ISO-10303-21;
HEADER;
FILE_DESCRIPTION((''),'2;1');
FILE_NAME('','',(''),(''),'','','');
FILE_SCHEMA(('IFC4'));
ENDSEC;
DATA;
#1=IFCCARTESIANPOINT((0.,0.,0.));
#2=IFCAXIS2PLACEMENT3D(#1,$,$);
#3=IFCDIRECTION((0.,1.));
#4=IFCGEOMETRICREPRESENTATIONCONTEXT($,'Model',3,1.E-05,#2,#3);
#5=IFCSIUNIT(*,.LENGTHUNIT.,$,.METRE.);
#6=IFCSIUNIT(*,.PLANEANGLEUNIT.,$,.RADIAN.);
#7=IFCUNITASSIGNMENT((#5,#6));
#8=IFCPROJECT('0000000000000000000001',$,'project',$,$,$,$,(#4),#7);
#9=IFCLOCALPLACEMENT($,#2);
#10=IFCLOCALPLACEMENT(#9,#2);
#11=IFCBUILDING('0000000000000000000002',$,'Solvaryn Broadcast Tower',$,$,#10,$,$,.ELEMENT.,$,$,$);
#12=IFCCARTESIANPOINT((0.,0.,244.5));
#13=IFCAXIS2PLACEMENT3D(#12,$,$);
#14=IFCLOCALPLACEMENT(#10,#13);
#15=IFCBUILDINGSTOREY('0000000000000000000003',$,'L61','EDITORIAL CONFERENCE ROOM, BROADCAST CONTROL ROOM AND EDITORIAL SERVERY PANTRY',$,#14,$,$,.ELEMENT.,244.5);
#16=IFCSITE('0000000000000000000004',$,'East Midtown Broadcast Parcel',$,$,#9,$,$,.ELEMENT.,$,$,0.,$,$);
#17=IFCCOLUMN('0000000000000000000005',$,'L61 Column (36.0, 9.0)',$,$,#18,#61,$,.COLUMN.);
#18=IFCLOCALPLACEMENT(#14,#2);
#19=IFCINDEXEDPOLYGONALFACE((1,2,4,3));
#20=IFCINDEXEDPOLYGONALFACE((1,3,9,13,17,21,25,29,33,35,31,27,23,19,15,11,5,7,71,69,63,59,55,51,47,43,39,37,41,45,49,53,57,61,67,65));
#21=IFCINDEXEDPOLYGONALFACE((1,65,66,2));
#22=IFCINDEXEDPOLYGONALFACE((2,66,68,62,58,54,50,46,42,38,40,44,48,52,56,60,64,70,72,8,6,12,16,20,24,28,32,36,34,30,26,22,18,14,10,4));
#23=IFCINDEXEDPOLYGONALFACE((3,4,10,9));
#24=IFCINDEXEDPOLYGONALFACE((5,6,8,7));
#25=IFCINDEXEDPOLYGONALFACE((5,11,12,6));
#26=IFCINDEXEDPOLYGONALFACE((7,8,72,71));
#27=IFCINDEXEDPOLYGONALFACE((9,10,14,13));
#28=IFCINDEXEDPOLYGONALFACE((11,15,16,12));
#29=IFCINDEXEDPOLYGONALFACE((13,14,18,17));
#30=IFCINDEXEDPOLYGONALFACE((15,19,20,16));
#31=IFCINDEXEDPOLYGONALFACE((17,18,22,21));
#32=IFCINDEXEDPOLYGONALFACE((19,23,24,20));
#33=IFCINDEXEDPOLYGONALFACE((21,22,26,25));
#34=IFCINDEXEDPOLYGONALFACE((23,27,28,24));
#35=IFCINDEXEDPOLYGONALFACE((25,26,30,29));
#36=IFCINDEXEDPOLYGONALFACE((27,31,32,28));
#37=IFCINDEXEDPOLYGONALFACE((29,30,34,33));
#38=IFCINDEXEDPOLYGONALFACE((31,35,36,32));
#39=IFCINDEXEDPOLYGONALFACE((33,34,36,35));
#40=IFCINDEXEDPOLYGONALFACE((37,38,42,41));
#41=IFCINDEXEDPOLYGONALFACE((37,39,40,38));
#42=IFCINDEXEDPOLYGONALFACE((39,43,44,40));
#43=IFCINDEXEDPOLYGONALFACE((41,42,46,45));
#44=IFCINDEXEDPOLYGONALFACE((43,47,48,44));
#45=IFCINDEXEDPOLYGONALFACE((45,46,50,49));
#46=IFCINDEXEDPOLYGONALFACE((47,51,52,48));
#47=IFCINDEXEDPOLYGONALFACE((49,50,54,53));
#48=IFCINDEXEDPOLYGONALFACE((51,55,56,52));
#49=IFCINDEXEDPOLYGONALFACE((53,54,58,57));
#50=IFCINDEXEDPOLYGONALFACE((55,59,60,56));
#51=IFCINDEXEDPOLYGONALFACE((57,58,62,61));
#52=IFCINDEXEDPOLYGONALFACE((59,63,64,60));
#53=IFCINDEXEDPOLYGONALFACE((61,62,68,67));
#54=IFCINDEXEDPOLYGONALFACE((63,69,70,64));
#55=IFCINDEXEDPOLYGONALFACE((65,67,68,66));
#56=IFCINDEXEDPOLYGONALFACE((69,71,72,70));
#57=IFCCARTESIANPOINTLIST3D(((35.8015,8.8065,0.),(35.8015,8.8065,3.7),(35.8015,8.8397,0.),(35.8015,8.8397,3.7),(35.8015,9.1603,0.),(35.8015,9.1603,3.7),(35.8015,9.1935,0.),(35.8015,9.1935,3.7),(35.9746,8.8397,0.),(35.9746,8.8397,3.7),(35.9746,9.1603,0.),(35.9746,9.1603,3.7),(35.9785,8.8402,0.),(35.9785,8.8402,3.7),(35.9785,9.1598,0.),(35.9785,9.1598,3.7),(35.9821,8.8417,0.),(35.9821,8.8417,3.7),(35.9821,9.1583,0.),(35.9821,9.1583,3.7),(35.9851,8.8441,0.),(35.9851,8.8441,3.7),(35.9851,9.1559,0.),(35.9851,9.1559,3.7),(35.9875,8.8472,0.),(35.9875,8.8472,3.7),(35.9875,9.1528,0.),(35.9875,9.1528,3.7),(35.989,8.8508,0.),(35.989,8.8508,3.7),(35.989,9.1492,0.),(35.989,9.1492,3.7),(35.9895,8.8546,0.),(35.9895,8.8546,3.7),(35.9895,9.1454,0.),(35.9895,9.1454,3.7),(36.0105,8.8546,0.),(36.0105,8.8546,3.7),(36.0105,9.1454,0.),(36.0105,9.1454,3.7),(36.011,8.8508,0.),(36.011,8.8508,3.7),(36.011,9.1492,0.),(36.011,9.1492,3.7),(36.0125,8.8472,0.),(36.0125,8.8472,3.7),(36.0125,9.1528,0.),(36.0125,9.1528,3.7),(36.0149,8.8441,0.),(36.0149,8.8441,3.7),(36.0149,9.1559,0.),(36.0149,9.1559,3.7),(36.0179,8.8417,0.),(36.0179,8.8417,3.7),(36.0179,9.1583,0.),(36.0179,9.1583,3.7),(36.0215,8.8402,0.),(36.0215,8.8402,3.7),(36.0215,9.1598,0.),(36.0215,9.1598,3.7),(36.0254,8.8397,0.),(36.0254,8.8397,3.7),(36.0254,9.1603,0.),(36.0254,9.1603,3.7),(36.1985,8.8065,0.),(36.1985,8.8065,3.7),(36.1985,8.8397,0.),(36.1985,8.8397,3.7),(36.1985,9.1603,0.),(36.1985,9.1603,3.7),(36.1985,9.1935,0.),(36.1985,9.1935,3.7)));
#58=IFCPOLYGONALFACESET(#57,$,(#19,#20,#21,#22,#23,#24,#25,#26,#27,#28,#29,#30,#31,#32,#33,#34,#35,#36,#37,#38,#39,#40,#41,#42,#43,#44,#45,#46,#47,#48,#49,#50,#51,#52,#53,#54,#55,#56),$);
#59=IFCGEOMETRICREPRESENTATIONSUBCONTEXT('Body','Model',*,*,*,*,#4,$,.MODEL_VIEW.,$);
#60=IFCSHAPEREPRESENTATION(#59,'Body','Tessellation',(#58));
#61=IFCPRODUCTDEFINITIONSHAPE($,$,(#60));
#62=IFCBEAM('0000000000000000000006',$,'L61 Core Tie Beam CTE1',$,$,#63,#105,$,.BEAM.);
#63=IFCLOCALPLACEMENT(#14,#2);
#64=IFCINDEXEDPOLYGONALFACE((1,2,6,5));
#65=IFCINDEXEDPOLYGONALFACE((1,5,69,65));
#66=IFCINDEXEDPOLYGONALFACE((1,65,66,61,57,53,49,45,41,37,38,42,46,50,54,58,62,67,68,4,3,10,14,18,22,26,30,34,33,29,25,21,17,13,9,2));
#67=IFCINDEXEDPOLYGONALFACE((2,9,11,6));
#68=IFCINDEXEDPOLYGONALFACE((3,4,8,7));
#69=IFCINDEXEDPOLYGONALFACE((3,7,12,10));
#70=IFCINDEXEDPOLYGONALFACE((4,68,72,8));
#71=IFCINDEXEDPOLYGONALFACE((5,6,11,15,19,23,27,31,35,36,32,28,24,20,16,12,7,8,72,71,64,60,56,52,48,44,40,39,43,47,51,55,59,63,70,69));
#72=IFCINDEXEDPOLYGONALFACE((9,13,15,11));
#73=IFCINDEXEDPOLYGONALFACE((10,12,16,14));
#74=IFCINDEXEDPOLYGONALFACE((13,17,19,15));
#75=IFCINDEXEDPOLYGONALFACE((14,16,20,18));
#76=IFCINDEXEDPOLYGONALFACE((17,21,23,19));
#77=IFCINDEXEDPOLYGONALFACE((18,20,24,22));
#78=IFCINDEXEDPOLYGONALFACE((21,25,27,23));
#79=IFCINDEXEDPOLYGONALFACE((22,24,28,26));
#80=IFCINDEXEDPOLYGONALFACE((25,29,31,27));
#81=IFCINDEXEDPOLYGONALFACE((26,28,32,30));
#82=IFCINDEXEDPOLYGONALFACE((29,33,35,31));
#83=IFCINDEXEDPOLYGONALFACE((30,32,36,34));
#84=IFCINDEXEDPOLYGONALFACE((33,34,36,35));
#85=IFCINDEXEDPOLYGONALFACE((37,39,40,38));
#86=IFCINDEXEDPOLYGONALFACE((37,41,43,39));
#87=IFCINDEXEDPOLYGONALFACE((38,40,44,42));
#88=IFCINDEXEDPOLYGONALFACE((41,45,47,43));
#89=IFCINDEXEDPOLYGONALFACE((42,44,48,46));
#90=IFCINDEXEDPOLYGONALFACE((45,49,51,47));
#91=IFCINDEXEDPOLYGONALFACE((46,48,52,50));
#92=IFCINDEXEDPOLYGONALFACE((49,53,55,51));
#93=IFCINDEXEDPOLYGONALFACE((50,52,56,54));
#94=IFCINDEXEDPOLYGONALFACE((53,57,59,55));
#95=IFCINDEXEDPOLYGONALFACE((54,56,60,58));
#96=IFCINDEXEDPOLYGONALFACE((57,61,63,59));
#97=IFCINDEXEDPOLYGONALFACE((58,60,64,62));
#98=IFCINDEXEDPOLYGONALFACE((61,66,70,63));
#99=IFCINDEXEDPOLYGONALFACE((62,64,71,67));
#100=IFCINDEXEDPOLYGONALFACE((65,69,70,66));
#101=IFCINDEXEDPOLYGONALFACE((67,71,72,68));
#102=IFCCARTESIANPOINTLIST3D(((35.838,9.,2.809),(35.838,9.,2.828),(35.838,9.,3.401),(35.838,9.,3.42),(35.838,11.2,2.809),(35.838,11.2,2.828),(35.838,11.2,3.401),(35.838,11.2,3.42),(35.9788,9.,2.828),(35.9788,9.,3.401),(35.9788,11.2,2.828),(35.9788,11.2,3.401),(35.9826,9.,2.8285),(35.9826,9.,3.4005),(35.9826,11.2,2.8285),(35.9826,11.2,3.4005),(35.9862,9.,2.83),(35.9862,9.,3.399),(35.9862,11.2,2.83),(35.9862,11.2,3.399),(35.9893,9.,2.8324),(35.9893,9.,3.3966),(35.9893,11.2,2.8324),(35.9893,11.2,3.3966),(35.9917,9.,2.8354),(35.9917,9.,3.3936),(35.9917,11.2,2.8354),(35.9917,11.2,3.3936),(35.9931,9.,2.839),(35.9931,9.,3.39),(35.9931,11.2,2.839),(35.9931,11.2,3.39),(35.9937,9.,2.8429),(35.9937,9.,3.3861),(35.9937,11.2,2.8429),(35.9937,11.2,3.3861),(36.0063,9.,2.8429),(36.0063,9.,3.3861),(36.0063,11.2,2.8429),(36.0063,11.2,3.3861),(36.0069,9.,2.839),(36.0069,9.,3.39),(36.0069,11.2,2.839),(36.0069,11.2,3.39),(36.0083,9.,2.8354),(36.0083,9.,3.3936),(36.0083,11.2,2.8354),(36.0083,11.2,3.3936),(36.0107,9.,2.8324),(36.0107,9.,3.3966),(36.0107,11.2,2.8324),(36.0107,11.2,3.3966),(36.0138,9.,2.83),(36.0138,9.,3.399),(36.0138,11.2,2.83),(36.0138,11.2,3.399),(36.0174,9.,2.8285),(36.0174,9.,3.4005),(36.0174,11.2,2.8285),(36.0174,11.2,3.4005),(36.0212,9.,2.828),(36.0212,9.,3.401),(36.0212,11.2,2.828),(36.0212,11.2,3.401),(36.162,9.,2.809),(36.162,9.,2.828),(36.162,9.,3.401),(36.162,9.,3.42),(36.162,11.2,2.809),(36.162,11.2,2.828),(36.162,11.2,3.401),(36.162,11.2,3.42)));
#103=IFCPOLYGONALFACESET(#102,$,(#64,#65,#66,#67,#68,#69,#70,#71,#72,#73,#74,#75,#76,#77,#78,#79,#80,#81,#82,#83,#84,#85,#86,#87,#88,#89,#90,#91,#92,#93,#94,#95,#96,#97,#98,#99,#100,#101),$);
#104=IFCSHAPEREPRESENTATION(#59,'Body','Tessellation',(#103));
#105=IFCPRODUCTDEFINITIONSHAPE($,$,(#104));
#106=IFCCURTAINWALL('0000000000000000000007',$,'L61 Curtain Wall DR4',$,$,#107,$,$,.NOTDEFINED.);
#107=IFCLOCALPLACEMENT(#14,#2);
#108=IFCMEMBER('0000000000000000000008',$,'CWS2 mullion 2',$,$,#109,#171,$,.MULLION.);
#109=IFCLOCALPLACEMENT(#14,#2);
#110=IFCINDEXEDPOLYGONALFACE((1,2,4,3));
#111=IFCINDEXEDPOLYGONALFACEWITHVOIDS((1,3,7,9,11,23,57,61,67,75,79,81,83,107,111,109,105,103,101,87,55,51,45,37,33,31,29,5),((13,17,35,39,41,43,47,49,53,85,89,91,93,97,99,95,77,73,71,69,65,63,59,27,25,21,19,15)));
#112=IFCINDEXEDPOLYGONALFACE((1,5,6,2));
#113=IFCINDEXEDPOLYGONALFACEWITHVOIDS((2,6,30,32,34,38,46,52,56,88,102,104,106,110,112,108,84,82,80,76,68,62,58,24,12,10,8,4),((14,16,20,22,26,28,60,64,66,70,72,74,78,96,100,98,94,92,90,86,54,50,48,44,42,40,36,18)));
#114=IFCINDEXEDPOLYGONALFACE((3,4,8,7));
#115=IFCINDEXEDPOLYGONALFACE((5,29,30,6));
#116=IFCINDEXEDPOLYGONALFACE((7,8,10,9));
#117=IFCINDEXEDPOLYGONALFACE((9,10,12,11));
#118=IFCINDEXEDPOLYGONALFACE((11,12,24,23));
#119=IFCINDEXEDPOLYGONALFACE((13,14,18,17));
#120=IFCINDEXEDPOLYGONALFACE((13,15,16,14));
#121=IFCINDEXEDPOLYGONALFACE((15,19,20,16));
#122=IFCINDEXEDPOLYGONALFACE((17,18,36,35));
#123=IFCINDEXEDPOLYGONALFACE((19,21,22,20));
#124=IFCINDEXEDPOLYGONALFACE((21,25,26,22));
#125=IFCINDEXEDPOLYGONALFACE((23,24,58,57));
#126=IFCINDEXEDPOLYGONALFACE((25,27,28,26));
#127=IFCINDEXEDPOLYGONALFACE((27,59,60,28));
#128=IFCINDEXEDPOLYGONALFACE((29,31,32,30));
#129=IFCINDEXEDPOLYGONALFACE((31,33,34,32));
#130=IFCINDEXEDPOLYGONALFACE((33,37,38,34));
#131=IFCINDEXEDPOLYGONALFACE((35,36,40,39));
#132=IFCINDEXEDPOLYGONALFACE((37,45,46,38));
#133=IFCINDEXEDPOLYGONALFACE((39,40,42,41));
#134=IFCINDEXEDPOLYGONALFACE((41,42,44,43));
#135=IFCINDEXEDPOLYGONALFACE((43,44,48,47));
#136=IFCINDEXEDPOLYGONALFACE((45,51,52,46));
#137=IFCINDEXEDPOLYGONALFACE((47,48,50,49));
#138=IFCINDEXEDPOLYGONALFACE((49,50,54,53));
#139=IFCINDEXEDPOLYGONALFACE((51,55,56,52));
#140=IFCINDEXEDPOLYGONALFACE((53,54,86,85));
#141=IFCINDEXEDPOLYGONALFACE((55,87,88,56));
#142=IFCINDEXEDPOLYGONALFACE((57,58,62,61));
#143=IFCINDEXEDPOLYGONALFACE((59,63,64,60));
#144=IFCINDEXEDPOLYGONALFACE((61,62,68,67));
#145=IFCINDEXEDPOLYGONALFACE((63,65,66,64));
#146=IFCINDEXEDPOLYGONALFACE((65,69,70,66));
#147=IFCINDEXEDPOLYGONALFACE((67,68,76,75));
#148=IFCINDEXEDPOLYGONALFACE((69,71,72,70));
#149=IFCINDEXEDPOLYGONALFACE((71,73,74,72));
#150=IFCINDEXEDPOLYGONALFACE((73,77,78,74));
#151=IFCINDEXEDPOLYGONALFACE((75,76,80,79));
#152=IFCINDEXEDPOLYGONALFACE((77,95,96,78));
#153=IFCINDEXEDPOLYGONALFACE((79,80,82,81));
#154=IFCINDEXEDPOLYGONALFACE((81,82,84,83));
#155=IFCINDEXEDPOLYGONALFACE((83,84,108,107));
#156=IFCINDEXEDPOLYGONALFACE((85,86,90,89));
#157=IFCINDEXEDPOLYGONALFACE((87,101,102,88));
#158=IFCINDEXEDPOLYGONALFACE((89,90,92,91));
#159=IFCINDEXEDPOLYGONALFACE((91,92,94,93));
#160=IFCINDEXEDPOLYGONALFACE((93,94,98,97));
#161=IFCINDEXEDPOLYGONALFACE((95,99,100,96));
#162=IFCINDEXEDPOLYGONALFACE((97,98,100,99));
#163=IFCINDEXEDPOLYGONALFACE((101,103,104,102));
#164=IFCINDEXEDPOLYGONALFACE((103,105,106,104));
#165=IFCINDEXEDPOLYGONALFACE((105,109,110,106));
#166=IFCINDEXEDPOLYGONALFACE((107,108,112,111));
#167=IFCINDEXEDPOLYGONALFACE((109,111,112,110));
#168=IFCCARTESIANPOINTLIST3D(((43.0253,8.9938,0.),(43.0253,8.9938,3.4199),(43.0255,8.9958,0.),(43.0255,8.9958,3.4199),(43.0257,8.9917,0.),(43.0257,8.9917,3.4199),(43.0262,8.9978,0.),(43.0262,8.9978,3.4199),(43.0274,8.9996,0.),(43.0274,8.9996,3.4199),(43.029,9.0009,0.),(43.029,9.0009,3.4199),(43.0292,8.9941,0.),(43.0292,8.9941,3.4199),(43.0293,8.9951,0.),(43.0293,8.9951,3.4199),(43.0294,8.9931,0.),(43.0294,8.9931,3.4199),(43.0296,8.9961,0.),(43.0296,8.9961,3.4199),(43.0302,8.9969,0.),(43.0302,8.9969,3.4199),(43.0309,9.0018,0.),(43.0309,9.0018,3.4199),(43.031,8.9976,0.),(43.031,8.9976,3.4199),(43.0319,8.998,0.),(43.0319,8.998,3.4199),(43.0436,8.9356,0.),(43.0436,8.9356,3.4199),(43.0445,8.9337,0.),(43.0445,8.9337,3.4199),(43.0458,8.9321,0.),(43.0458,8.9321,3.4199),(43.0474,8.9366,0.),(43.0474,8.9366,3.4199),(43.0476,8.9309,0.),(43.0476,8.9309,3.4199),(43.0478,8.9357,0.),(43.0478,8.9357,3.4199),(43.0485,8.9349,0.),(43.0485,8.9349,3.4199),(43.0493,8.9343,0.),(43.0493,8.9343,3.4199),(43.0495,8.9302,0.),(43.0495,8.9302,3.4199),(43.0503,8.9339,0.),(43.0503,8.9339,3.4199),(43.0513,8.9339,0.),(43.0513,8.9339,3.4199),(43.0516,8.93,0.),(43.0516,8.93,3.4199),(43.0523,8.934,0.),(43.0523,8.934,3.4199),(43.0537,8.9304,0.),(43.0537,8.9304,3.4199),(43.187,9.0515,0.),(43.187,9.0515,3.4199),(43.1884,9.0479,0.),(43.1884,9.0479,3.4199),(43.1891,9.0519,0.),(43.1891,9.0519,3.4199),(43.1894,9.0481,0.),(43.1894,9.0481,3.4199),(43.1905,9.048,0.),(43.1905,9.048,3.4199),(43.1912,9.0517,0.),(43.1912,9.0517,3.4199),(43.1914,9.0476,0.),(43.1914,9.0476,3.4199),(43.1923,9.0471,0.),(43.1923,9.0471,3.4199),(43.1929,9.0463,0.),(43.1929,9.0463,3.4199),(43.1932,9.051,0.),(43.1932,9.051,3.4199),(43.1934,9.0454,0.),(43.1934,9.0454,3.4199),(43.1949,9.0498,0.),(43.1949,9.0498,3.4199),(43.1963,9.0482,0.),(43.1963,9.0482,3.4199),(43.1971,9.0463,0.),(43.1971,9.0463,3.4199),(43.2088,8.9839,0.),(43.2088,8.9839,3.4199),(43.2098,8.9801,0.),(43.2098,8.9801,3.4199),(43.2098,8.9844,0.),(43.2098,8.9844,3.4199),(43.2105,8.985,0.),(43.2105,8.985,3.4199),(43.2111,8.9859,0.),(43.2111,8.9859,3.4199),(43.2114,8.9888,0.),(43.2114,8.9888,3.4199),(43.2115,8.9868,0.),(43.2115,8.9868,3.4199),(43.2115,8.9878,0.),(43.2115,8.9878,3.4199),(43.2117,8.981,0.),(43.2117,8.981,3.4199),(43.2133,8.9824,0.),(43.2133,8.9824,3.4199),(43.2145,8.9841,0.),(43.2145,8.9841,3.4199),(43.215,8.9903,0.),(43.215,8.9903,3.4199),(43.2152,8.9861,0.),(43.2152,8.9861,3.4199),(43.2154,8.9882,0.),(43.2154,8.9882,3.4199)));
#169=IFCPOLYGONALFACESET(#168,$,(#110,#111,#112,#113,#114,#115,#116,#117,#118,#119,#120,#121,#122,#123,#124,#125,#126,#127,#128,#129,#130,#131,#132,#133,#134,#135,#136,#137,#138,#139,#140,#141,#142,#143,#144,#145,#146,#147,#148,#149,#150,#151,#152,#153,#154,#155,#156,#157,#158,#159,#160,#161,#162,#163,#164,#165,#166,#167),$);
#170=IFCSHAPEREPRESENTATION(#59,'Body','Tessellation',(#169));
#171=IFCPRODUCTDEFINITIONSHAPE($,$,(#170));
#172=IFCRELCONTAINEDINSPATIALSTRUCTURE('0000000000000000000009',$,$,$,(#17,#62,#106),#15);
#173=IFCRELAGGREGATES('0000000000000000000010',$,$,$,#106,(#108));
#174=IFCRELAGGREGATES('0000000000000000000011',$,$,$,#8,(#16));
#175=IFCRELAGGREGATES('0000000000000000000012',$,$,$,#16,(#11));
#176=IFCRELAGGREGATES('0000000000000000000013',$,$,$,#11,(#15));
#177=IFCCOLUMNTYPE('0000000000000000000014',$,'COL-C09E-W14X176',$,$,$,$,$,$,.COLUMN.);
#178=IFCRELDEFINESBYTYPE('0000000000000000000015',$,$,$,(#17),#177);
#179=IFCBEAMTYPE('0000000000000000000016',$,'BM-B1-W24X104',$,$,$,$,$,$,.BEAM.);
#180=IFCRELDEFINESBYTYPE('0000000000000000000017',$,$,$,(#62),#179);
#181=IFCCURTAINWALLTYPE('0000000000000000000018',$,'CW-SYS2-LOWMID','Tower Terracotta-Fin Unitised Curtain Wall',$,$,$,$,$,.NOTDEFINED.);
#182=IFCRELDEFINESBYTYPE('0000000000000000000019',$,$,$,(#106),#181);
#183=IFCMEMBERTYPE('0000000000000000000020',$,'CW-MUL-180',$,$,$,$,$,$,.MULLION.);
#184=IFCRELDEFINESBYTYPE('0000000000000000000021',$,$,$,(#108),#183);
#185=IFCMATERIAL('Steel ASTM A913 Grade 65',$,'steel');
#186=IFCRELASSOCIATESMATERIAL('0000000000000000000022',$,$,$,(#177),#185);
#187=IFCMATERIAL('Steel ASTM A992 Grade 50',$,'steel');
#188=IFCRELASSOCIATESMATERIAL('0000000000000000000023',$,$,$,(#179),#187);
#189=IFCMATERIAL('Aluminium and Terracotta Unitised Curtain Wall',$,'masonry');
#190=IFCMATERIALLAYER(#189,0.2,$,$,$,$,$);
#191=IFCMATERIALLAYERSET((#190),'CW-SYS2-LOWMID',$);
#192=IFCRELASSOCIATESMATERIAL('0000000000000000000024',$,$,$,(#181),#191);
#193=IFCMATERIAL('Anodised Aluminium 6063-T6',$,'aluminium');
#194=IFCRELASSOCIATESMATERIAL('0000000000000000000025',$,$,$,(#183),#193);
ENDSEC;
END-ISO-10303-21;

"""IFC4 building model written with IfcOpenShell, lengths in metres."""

from ifc_helpers import new_model, si_unit, direction, frame, origin, origin_2d, place, context, subcontext, project, spatial, hollow_rectangle, i_section, extrude, material, layer, layer_set, material_profile, profile_set, type_object, element, aggregate, save


model = new_model("IFC4")

# Units and contexts
model_context = context("Model", 3, precision=1e-05, world=origin(), true_north=direction((0.0, 1.0)))
body_context = subcontext(model_context, "Body", "Model", "MODEL_VIEW")
ifc_project = project(units=[si_unit("LENGTHUNIT", "METRE"), si_unit("PLANEANGLEUNIT", "RADIAN")], contexts=[model_context])

# Site, building, storey
site_placement = place(None, origin())
site = spatial("IfcSite", under=ifc_project, at=site_placement, Name="East Midtown Broadcast Parcel", CompositionType="ELEMENT", RefElevation=0.0)
building_placement = place(site_placement, origin())
building = spatial("IfcBuilding", under=site, at=building_placement, Name="Solvaryn Broadcast Tower", CompositionType="ELEMENT")
storey_placement = place(building_placement, frame((0.0, 0.0, 244.5)))
storey = spatial("IfcBuildingStorey", under=building, at=storey_placement, Name="L61", Description="EDITORIAL CONFERENCE ROOM, BROADCAST CONTROL ROOM AND EDITORIAL SERVERY PANTRY", CompositionType="ELEMENT", Elevation=244.5)

# Column
ifc_material_1 = material(Name="Steel ASTM A913 Grade 65", Category="steel")
ifc_material_profile_1 = material_profile(ifc_material_1, i_section(OverallWidth=0.397, OverallDepth=0.387, WebThickness=0.021, FlangeThickness=0.0332, FilletRadius=0.0149, at=origin_2d()))
ifc_profile_set_1 = profile_set([ifc_material_profile_1], Name="Steel ASTM A913 Grade 65")
column_type = type_object("IfcColumnType", Name="COL-C09E-W14X176", PredefinedType="COLUMN", material=ifc_profile_set_1)
column_placement = place(storey_placement, frame((36.0, 9.0, 0.0), z_axis=(0.0, 0.0, 1.0), x_axis=(1.0, 0.0, 0.0)))
element("IfcColumn", 1, at=column_placement, inside=storey, type_object=column_type, Name="L61 Column (36.0, 9.0)", PredefinedType="COLUMN", context=body_context, shape_type="SweptSolid", body=[
    extrude(i_section(OverallWidth=0.397, OverallDepth=0.387, WebThickness=0.021, FlangeThickness=0.0332, FilletRadius=0.0149, at=origin_2d()), origin(), (0.0, 0.0, 1.0), 3.7),
])

# Beam
ifc_material_2 = material(Name="Steel ASTM A992 Grade 50", Category="steel")
ifc_material_profile_2 = material_profile(ifc_material_2, i_section(OverallWidth=0.324, OverallDepth=0.6111, WebThickness=0.0127, FlangeThickness=0.019, FilletRadius=0.0149, at=origin_2d()))
ifc_profile_set_2 = profile_set([ifc_material_profile_2], Name="Steel ASTM A992 Grade 50")
beam_type = type_object("IfcBeamType", Name="BM-B1-W24X104", PredefinedType="BEAM", material=ifc_profile_set_2)
beam_placement = place(storey_placement, frame((36.0, 9.0, 3.1145), z_axis=(0.0, 1.0, 0.0), x_axis=(-1.0, 0.0, 0.0)))
element("IfcBeam", 2, at=beam_placement, inside=storey, type_object=beam_type, Name="L61 Core Tie Beam CTE1", PredefinedType="BEAM", context=body_context, shape_type="SweptSolid", body=[
    extrude(i_section(OverallWidth=0.324, OverallDepth=0.6111, WebThickness=0.0127, FlangeThickness=0.019, FilletRadius=0.0149, at=origin_2d()), origin(), (0.0, 0.0, 1.0), 2.2),
])

# Curtain wall, member
ifc_material_3 = material(Name="Aluminium and Terracotta Unitised Curtain Wall", Category="masonry")
ifc_layer_1 = layer(ifc_material_3, 0.2)
ifc_layer_set_1 = layer_set([ifc_layer_1], Name="CW-SYS2-LOWMID")
curtain_wall_type = type_object("IfcCurtainWallType", Name="CW-SYS2-LOWMID", Description="Tower Terracotta-Fin Unitised Curtain Wall", PredefinedType="NOTDEFINED", material=ifc_layer_set_1)
curtain_wall_1_placement = place(storey_placement, origin())
curtain_wall_1 = element("IfcCurtainWall", 3, at=curtain_wall_1_placement, inside=storey, type_object=curtain_wall_type, Name="L61 Curtain Wall DR4", PredefinedType="NOTDEFINED")
ifc_material_4 = material(Name="Anodised Aluminium 6063-T6", Category="aluminium")
ifc_material_profile_3 = material_profile(ifc_material_4, hollow_rectangle(XDim=0.075, YDim=0.1799, WallThickness=0.0039, InnerFilletRadius=0.0039, OuterFilletRadius=0.0081, at=origin_2d()))
ifc_profile_set_3 = profile_set([ifc_material_profile_3], Name="Anodised Aluminium 6063-T6")
member_type = type_object("IfcMemberType", Name="CW-MUL-180", PredefinedType="MULLION", material=ifc_profile_set_3)
member_1_placement = place(storey_placement, frame((43.1204, 8.991, 0.0), z_axis=(0.0, 0.0, 1.0), x_axis=(-0.303616, 0.952795, 0.0)))
member_1 = element("IfcMember", 4, at=member_1_placement, type_object=member_type, Name="CWS2 mullion 2", PredefinedType="MULLION", context=body_context, shape_type="SweptSolid", body=[
    extrude(hollow_rectangle(XDim=0.075, YDim=0.1799, WallThickness=0.0039, InnerFilletRadius=0.0039, OuterFilletRadius=0.0081, at=origin_2d()), origin(), (0.0, 0.0, 1.0), 3.4199),
])

aggregate(curtain_wall_1, [member_1])

save(model, "model.ifc")
